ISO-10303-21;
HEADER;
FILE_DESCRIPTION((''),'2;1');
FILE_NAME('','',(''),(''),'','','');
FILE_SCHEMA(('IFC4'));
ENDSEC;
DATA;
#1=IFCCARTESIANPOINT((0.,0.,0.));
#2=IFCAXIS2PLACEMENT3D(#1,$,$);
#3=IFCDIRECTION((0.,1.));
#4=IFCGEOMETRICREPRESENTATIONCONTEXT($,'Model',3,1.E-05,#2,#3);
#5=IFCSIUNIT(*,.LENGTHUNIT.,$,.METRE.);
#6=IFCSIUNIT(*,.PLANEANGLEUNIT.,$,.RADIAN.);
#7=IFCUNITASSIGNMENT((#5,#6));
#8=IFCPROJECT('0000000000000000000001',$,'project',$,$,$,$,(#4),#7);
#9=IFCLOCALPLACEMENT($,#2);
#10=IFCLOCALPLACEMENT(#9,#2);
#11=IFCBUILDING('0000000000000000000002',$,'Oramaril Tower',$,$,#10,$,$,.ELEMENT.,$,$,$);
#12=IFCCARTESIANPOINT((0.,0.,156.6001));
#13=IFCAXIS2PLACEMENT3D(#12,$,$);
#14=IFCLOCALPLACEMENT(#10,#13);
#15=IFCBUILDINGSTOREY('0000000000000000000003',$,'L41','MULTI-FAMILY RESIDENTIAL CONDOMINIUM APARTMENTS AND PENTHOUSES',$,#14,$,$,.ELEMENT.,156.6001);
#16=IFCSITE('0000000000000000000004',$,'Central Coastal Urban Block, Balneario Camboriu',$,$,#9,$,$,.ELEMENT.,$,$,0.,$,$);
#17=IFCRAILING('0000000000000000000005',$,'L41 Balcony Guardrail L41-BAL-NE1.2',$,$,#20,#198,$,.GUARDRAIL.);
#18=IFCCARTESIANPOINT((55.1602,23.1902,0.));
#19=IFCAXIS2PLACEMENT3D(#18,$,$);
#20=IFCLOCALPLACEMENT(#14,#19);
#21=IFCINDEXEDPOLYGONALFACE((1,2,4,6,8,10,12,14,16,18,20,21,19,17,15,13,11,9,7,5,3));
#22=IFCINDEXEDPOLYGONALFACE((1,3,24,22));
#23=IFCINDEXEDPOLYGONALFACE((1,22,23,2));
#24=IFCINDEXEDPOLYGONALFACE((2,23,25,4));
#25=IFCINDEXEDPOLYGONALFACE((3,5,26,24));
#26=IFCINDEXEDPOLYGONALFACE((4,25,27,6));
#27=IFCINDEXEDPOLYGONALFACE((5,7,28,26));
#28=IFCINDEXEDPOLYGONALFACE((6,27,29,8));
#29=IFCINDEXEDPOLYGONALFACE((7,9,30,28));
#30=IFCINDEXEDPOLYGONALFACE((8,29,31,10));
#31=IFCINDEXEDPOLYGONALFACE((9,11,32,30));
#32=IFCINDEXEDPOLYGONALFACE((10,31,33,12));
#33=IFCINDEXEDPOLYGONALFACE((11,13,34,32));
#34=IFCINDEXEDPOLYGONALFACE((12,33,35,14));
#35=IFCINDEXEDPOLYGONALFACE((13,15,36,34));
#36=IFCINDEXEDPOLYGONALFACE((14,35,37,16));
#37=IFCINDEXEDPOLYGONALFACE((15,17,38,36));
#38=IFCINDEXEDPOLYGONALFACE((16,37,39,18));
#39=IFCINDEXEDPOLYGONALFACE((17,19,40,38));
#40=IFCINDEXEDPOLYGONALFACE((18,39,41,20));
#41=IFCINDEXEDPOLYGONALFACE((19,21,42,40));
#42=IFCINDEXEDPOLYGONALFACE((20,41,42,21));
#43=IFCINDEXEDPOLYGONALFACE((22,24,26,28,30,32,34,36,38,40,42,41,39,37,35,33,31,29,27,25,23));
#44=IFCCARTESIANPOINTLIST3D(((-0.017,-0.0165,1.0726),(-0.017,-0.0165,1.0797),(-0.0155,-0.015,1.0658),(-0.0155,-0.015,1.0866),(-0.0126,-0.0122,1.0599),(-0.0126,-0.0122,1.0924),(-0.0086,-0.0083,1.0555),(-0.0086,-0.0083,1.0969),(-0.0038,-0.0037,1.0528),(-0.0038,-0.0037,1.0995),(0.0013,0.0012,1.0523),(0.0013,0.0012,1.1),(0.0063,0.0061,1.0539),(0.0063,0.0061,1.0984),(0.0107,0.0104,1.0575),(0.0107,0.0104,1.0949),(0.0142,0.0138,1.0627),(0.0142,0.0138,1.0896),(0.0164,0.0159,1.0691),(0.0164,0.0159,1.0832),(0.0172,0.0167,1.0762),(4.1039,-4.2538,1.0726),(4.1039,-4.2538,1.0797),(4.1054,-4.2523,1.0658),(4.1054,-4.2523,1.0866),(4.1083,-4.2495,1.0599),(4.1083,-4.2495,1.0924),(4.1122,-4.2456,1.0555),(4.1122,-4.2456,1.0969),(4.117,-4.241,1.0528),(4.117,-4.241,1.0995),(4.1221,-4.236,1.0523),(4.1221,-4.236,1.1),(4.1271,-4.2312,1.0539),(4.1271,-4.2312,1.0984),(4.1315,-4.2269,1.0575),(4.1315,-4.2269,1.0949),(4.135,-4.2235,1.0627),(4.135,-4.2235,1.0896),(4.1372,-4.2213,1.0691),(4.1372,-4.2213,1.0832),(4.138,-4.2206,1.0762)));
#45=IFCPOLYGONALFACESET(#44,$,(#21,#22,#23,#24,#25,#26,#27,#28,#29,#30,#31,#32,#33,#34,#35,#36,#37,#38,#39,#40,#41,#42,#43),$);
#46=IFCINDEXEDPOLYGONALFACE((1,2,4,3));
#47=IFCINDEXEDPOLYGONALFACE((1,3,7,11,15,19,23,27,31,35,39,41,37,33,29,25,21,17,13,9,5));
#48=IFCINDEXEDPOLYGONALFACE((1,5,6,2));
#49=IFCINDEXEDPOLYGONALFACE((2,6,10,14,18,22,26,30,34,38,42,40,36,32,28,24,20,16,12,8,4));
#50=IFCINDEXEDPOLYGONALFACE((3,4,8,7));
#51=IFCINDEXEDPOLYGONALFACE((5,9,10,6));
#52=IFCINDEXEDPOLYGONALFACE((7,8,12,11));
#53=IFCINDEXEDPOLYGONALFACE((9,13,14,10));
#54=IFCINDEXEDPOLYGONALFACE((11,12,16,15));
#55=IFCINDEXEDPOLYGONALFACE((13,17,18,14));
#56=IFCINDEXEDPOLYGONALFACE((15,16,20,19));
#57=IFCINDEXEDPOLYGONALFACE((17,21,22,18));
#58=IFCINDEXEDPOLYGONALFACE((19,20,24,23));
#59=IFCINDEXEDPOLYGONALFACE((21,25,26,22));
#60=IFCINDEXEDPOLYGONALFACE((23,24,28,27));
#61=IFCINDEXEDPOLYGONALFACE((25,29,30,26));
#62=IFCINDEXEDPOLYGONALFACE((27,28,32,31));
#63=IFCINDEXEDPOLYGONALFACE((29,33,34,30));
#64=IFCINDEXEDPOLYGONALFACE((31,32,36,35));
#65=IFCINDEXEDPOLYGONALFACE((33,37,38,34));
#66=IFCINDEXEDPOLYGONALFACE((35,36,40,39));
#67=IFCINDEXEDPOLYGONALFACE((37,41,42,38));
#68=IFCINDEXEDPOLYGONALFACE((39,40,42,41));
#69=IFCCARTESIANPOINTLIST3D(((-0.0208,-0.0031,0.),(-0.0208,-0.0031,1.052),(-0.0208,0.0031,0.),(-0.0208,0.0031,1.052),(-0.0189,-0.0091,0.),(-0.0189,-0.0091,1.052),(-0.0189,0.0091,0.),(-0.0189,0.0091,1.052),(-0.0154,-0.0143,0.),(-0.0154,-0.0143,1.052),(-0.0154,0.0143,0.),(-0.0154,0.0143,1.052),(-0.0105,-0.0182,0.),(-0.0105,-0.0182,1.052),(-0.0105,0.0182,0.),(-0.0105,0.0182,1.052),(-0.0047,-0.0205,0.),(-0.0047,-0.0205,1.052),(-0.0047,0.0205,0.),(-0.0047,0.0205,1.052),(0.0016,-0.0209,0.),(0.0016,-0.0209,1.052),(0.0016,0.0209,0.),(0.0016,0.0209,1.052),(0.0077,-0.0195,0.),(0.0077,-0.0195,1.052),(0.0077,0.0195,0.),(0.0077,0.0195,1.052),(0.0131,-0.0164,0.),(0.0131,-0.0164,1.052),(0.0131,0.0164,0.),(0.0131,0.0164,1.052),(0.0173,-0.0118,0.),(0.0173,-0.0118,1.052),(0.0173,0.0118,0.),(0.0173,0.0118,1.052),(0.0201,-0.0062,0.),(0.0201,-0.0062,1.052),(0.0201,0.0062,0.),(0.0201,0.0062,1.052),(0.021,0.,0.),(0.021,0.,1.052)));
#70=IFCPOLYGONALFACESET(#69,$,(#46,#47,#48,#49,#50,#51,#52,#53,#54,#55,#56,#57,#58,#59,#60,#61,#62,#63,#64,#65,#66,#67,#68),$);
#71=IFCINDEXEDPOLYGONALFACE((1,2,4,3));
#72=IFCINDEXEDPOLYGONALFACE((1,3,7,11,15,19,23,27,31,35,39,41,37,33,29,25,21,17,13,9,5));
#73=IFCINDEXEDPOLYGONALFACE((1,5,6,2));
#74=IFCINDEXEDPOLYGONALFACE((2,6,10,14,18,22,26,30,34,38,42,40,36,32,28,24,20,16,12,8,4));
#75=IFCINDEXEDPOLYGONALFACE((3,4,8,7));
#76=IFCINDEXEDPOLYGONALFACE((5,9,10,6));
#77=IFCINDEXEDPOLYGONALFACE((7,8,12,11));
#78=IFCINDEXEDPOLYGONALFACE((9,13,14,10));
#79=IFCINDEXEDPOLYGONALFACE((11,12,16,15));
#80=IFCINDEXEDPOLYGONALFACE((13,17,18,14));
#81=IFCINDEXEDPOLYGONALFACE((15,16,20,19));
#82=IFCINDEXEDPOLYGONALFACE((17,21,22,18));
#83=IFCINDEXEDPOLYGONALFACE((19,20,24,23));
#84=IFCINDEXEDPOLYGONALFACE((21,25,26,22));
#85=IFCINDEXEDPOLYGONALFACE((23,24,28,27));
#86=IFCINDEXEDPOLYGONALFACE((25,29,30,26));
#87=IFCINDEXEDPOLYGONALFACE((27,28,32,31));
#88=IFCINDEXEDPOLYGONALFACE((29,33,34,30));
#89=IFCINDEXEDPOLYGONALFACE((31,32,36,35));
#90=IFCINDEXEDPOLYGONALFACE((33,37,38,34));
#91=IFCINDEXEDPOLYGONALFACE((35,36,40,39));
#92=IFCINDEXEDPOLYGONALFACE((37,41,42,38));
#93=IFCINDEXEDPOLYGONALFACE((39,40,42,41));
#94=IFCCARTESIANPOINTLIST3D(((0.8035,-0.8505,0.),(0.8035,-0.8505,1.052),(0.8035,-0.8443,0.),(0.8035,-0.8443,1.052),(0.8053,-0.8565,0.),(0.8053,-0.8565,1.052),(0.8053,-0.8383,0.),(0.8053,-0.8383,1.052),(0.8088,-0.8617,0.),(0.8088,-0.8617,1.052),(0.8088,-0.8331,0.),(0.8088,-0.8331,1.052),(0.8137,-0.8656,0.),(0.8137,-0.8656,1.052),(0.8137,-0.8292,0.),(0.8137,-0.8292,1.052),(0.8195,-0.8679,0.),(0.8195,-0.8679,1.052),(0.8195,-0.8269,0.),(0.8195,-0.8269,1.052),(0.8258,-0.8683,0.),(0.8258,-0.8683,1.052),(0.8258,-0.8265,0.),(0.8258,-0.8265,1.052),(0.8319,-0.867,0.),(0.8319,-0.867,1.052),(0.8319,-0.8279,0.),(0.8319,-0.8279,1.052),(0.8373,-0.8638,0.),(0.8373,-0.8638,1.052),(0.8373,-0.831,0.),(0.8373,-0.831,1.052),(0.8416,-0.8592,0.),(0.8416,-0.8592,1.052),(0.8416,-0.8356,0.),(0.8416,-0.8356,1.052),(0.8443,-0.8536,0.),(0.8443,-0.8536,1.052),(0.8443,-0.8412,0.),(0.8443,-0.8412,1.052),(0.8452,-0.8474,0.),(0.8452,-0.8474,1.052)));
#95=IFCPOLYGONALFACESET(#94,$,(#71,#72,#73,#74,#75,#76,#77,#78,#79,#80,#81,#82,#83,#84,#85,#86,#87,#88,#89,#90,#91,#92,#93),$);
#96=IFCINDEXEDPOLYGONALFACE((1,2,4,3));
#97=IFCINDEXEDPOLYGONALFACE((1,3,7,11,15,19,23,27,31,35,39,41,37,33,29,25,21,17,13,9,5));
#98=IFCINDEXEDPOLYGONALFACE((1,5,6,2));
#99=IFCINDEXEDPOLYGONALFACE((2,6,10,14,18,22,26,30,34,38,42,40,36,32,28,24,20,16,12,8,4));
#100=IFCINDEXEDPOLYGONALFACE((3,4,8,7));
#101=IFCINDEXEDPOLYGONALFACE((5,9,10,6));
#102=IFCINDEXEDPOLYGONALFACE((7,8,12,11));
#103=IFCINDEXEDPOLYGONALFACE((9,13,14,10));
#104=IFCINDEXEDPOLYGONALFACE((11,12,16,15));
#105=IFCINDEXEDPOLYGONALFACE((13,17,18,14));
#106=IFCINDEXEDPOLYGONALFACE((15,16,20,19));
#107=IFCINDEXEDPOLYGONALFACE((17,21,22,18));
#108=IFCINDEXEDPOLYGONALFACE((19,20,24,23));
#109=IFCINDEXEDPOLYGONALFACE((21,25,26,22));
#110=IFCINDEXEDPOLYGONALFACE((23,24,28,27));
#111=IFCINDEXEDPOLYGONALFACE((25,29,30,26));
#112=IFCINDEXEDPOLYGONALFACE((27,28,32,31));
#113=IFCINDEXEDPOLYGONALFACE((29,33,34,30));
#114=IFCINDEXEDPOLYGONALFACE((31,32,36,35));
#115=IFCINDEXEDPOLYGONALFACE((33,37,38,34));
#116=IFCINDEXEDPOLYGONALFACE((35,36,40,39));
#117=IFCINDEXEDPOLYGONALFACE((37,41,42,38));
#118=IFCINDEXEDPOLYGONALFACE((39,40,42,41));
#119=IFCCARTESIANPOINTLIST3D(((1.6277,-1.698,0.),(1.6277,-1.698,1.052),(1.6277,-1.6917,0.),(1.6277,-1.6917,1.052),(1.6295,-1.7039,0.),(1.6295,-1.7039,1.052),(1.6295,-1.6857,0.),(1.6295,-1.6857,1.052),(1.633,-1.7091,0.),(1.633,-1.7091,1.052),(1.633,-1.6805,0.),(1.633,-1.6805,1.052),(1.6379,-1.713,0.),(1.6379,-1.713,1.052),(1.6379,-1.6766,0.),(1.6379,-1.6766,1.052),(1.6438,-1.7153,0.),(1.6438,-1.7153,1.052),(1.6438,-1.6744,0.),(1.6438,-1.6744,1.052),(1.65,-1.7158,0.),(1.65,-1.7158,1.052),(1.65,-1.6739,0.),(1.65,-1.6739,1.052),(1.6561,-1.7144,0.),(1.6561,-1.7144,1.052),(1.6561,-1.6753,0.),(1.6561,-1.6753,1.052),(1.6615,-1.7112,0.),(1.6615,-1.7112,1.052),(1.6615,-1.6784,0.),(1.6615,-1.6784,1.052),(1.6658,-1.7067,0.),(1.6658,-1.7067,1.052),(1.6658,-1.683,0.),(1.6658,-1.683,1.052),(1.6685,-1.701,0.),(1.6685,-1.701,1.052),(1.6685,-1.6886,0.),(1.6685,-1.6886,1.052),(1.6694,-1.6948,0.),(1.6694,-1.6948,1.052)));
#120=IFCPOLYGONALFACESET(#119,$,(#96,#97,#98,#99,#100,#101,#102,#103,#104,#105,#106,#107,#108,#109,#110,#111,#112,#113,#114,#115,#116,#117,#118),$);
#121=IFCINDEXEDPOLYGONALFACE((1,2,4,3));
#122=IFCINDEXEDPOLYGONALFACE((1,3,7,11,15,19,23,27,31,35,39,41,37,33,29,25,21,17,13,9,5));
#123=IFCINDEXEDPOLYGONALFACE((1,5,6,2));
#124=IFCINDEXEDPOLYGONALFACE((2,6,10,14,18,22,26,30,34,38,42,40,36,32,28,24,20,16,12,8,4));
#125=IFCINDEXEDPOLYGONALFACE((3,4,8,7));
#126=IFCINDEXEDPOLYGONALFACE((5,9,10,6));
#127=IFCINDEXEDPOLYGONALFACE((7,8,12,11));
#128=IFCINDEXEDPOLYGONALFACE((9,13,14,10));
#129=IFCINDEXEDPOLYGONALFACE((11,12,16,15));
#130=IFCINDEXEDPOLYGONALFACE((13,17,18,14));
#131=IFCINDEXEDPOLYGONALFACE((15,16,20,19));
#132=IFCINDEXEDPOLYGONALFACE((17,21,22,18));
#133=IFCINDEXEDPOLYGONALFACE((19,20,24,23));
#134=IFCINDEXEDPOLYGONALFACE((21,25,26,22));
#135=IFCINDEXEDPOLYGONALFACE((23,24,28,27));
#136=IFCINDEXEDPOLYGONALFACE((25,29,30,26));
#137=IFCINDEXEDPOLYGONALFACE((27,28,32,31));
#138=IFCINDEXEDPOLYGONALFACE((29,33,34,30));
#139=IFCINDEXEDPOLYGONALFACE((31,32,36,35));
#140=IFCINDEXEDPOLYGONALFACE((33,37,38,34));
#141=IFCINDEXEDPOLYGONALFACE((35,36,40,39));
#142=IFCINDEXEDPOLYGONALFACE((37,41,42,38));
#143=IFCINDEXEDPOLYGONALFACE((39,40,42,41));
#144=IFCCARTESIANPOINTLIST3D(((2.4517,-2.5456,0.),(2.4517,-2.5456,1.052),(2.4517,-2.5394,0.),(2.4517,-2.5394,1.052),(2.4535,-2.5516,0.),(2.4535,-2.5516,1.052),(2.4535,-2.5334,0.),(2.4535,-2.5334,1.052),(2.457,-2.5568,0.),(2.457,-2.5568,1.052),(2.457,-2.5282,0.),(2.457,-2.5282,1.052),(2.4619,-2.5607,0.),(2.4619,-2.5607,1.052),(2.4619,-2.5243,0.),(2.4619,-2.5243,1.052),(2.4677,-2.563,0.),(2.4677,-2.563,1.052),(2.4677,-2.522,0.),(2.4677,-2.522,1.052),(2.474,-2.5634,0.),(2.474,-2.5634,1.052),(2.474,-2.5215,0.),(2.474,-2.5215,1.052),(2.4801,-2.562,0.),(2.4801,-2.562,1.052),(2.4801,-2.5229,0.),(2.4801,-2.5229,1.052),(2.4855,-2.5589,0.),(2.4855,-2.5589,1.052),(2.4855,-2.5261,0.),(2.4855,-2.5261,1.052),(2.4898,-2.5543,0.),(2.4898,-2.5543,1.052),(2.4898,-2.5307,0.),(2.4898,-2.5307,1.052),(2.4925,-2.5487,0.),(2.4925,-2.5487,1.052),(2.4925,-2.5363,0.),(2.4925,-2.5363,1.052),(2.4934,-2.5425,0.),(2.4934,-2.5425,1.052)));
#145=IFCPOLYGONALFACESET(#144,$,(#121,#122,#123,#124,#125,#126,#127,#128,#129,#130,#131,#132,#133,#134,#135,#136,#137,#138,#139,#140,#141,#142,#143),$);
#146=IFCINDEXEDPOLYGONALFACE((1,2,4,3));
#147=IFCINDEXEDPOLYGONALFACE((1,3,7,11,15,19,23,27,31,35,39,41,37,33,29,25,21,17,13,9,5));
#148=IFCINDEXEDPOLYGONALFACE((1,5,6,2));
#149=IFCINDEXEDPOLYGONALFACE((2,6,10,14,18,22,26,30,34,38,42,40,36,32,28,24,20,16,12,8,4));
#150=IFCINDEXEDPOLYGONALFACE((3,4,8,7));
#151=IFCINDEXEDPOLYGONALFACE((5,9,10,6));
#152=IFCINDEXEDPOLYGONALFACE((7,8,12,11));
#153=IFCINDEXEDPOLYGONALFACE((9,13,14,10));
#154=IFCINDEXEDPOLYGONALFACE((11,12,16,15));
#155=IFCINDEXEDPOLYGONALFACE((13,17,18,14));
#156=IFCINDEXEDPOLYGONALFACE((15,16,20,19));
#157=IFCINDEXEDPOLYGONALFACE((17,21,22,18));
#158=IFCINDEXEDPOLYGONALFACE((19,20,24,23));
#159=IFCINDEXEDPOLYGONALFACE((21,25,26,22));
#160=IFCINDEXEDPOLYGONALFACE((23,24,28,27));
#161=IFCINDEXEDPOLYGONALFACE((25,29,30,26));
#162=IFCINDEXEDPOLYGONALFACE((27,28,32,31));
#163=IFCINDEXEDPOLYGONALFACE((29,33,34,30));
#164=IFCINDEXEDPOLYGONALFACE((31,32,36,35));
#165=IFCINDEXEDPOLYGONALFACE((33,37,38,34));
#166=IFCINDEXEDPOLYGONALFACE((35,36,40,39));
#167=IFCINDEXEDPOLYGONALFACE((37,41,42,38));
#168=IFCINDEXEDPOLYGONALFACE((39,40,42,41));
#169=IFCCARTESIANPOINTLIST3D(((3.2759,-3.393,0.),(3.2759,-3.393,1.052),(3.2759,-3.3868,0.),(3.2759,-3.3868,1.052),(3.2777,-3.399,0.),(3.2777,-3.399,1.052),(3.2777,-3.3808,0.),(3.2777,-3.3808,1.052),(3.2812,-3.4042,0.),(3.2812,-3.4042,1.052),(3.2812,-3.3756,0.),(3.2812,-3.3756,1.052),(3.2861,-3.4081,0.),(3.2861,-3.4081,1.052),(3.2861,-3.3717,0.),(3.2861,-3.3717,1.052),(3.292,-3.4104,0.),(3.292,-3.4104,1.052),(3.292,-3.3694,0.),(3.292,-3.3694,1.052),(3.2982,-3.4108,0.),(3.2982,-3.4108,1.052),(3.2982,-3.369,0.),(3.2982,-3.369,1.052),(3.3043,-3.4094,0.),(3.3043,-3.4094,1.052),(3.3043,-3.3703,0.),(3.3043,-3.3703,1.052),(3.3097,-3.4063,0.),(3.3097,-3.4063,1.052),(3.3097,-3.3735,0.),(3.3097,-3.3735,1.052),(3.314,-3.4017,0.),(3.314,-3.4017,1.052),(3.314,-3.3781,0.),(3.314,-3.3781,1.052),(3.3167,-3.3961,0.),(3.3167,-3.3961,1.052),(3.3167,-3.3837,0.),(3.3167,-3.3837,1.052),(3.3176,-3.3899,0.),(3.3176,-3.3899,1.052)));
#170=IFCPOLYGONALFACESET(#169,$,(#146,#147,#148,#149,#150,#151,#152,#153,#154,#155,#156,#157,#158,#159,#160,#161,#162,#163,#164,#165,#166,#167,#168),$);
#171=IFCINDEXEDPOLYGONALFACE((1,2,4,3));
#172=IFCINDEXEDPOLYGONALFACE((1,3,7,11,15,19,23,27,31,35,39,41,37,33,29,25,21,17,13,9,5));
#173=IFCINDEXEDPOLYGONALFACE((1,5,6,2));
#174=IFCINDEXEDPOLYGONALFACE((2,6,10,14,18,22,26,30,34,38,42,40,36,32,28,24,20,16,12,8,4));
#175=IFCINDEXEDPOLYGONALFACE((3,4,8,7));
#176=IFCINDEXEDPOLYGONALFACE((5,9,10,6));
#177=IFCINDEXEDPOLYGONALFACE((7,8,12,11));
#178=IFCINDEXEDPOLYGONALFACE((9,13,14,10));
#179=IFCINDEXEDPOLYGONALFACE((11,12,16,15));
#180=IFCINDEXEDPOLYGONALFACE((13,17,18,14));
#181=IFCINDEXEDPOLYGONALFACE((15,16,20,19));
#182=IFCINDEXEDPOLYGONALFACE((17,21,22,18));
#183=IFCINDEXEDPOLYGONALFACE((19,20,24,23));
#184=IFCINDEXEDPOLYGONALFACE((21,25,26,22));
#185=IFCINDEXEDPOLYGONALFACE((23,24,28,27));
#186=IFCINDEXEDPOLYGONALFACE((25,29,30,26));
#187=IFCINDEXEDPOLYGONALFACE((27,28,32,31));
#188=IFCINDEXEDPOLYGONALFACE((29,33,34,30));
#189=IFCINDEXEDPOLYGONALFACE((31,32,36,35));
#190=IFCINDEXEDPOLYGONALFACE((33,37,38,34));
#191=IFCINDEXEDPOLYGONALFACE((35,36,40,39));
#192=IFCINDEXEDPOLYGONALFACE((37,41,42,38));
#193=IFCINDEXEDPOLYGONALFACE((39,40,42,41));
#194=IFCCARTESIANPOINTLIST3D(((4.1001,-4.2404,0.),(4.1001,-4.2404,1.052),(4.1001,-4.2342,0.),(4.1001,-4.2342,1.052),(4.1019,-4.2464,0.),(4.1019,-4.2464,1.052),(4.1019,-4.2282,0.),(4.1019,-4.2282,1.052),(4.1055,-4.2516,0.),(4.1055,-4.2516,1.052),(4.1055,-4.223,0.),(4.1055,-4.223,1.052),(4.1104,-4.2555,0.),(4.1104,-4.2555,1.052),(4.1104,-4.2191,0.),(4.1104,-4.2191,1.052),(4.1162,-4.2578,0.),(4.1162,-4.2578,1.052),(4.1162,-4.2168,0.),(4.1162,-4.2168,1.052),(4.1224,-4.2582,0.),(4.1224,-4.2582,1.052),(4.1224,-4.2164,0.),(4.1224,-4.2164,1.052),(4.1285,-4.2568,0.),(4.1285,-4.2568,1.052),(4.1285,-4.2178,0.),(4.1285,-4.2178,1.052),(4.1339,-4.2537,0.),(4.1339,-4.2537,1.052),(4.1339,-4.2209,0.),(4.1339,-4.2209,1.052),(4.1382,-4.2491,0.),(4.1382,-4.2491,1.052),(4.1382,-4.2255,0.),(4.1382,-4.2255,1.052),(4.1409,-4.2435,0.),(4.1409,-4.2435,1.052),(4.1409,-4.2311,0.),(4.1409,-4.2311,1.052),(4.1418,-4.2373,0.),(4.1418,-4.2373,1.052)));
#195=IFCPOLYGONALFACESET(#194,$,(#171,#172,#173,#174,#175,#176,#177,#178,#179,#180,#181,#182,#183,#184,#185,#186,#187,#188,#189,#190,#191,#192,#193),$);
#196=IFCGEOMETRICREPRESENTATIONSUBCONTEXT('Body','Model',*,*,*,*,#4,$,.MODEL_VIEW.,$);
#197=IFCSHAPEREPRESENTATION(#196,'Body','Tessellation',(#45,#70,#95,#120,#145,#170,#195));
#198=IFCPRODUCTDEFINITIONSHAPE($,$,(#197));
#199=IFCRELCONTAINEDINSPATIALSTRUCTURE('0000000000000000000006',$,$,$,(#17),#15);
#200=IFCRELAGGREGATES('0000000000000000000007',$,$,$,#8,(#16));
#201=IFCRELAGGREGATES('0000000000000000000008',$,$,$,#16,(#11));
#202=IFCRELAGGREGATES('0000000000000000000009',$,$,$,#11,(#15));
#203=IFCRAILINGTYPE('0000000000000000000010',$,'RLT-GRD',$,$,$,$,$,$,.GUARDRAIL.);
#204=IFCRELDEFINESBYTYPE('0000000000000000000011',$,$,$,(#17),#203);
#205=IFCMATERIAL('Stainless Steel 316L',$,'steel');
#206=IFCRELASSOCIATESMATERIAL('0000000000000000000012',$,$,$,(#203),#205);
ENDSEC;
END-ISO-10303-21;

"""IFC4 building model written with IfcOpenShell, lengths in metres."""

from ifc_helpers import new_model, si_unit, direction, frame, origin, origin_2d, place, context, subcontext, project, spatial, circle, extrude, material, type_object, element, save


model = new_model("IFC4")

# Units and contexts
model_context = context("Model", 3, precision=1e-05, world=origin(), true_north=direction((0.0, 1.0)))
body_context = subcontext(model_context, "Body", "Model", "MODEL_VIEW")
ifc_project = project(units=[si_unit("LENGTHUNIT", "METRE"), si_unit("PLANEANGLEUNIT", "RADIAN")], contexts=[model_context])

# Site, building, storey
site_placement = place(None, origin())
site = spatial("IfcSite", under=ifc_project, at=site_placement, Name="Central Coastal Urban Block, Balneario Camboriu", CompositionType="ELEMENT", RefElevation=0.0)
building_placement = place(site_placement, origin())
building = spatial("IfcBuilding", under=site, at=building_placement, Name="Oramaril Tower", CompositionType="ELEMENT")
storey_placement = place(building_placement, frame((0.0, 0.0, 156.6001)))
storey = spatial("IfcBuildingStorey", under=building, at=storey_placement, Name="L41", Description="MULTI-FAMILY RESIDENTIAL CONDOMINIUM APARTMENTS AND PENTHOUSES", CompositionType="ELEMENT", Elevation=156.6001)

# Railing
ifc_material_1 = material(Name="Stainless Steel 316L", Category="steel")
railing_type = type_object("IfcRailingType", Name="RLT-GRD", PredefinedType="GUARDRAIL", material=ifc_material_1)
railing_1_placement = place(storey_placement, frame((55.1602, 23.1902, 0.0)))
element("IfcRailing", 1, at=railing_1_placement, inside=storey, type_object=railing_type, Name="L41 Balcony Guardrail L41-BAL-NE1.2", PredefinedType="GUARDRAIL", context=body_context, shape_type="SweptSolid", body=[
    extrude(circle(Radius=0.0239, at=origin_2d()), frame((0.0, 0.0, 1.0762), z_axis=(0.697187, -0.716889, 0.0), x_axis=(0.716889, 0.697187, 0.0)), (0.0, 0.0, 1.0), 5.9106),
    extrude(circle(Radius=0.021, at=origin_2d()), origin(), (0.0, 0.0, 1.0), 1.052),
    extrude(circle(Radius=0.021, at=origin_2d()), frame((0.8242, -0.8474, 0.0)), (0.0, 0.0, 1.0), 1.052),
    extrude(circle(Radius=0.021, at=origin_2d()), frame((1.6484, -1.6948, 0.0)), (0.0, 0.0, 1.0), 1.052),
    extrude(circle(Radius=0.021, at=origin_2d()), frame((2.4724, -2.5425, 0.0)), (0.0, 0.0, 1.0), 1.052),
    extrude(circle(Radius=0.021, at=origin_2d()), frame((3.2966, -3.3899, 0.0)), (0.0, 0.0, 1.0), 1.052),
    extrude(circle(Radius=0.021, at=origin_2d()), frame((4.1208, -4.2373, 0.0)), (0.0, 0.0, 1.0), 1.052),
])

save(model, "model.ifc")
